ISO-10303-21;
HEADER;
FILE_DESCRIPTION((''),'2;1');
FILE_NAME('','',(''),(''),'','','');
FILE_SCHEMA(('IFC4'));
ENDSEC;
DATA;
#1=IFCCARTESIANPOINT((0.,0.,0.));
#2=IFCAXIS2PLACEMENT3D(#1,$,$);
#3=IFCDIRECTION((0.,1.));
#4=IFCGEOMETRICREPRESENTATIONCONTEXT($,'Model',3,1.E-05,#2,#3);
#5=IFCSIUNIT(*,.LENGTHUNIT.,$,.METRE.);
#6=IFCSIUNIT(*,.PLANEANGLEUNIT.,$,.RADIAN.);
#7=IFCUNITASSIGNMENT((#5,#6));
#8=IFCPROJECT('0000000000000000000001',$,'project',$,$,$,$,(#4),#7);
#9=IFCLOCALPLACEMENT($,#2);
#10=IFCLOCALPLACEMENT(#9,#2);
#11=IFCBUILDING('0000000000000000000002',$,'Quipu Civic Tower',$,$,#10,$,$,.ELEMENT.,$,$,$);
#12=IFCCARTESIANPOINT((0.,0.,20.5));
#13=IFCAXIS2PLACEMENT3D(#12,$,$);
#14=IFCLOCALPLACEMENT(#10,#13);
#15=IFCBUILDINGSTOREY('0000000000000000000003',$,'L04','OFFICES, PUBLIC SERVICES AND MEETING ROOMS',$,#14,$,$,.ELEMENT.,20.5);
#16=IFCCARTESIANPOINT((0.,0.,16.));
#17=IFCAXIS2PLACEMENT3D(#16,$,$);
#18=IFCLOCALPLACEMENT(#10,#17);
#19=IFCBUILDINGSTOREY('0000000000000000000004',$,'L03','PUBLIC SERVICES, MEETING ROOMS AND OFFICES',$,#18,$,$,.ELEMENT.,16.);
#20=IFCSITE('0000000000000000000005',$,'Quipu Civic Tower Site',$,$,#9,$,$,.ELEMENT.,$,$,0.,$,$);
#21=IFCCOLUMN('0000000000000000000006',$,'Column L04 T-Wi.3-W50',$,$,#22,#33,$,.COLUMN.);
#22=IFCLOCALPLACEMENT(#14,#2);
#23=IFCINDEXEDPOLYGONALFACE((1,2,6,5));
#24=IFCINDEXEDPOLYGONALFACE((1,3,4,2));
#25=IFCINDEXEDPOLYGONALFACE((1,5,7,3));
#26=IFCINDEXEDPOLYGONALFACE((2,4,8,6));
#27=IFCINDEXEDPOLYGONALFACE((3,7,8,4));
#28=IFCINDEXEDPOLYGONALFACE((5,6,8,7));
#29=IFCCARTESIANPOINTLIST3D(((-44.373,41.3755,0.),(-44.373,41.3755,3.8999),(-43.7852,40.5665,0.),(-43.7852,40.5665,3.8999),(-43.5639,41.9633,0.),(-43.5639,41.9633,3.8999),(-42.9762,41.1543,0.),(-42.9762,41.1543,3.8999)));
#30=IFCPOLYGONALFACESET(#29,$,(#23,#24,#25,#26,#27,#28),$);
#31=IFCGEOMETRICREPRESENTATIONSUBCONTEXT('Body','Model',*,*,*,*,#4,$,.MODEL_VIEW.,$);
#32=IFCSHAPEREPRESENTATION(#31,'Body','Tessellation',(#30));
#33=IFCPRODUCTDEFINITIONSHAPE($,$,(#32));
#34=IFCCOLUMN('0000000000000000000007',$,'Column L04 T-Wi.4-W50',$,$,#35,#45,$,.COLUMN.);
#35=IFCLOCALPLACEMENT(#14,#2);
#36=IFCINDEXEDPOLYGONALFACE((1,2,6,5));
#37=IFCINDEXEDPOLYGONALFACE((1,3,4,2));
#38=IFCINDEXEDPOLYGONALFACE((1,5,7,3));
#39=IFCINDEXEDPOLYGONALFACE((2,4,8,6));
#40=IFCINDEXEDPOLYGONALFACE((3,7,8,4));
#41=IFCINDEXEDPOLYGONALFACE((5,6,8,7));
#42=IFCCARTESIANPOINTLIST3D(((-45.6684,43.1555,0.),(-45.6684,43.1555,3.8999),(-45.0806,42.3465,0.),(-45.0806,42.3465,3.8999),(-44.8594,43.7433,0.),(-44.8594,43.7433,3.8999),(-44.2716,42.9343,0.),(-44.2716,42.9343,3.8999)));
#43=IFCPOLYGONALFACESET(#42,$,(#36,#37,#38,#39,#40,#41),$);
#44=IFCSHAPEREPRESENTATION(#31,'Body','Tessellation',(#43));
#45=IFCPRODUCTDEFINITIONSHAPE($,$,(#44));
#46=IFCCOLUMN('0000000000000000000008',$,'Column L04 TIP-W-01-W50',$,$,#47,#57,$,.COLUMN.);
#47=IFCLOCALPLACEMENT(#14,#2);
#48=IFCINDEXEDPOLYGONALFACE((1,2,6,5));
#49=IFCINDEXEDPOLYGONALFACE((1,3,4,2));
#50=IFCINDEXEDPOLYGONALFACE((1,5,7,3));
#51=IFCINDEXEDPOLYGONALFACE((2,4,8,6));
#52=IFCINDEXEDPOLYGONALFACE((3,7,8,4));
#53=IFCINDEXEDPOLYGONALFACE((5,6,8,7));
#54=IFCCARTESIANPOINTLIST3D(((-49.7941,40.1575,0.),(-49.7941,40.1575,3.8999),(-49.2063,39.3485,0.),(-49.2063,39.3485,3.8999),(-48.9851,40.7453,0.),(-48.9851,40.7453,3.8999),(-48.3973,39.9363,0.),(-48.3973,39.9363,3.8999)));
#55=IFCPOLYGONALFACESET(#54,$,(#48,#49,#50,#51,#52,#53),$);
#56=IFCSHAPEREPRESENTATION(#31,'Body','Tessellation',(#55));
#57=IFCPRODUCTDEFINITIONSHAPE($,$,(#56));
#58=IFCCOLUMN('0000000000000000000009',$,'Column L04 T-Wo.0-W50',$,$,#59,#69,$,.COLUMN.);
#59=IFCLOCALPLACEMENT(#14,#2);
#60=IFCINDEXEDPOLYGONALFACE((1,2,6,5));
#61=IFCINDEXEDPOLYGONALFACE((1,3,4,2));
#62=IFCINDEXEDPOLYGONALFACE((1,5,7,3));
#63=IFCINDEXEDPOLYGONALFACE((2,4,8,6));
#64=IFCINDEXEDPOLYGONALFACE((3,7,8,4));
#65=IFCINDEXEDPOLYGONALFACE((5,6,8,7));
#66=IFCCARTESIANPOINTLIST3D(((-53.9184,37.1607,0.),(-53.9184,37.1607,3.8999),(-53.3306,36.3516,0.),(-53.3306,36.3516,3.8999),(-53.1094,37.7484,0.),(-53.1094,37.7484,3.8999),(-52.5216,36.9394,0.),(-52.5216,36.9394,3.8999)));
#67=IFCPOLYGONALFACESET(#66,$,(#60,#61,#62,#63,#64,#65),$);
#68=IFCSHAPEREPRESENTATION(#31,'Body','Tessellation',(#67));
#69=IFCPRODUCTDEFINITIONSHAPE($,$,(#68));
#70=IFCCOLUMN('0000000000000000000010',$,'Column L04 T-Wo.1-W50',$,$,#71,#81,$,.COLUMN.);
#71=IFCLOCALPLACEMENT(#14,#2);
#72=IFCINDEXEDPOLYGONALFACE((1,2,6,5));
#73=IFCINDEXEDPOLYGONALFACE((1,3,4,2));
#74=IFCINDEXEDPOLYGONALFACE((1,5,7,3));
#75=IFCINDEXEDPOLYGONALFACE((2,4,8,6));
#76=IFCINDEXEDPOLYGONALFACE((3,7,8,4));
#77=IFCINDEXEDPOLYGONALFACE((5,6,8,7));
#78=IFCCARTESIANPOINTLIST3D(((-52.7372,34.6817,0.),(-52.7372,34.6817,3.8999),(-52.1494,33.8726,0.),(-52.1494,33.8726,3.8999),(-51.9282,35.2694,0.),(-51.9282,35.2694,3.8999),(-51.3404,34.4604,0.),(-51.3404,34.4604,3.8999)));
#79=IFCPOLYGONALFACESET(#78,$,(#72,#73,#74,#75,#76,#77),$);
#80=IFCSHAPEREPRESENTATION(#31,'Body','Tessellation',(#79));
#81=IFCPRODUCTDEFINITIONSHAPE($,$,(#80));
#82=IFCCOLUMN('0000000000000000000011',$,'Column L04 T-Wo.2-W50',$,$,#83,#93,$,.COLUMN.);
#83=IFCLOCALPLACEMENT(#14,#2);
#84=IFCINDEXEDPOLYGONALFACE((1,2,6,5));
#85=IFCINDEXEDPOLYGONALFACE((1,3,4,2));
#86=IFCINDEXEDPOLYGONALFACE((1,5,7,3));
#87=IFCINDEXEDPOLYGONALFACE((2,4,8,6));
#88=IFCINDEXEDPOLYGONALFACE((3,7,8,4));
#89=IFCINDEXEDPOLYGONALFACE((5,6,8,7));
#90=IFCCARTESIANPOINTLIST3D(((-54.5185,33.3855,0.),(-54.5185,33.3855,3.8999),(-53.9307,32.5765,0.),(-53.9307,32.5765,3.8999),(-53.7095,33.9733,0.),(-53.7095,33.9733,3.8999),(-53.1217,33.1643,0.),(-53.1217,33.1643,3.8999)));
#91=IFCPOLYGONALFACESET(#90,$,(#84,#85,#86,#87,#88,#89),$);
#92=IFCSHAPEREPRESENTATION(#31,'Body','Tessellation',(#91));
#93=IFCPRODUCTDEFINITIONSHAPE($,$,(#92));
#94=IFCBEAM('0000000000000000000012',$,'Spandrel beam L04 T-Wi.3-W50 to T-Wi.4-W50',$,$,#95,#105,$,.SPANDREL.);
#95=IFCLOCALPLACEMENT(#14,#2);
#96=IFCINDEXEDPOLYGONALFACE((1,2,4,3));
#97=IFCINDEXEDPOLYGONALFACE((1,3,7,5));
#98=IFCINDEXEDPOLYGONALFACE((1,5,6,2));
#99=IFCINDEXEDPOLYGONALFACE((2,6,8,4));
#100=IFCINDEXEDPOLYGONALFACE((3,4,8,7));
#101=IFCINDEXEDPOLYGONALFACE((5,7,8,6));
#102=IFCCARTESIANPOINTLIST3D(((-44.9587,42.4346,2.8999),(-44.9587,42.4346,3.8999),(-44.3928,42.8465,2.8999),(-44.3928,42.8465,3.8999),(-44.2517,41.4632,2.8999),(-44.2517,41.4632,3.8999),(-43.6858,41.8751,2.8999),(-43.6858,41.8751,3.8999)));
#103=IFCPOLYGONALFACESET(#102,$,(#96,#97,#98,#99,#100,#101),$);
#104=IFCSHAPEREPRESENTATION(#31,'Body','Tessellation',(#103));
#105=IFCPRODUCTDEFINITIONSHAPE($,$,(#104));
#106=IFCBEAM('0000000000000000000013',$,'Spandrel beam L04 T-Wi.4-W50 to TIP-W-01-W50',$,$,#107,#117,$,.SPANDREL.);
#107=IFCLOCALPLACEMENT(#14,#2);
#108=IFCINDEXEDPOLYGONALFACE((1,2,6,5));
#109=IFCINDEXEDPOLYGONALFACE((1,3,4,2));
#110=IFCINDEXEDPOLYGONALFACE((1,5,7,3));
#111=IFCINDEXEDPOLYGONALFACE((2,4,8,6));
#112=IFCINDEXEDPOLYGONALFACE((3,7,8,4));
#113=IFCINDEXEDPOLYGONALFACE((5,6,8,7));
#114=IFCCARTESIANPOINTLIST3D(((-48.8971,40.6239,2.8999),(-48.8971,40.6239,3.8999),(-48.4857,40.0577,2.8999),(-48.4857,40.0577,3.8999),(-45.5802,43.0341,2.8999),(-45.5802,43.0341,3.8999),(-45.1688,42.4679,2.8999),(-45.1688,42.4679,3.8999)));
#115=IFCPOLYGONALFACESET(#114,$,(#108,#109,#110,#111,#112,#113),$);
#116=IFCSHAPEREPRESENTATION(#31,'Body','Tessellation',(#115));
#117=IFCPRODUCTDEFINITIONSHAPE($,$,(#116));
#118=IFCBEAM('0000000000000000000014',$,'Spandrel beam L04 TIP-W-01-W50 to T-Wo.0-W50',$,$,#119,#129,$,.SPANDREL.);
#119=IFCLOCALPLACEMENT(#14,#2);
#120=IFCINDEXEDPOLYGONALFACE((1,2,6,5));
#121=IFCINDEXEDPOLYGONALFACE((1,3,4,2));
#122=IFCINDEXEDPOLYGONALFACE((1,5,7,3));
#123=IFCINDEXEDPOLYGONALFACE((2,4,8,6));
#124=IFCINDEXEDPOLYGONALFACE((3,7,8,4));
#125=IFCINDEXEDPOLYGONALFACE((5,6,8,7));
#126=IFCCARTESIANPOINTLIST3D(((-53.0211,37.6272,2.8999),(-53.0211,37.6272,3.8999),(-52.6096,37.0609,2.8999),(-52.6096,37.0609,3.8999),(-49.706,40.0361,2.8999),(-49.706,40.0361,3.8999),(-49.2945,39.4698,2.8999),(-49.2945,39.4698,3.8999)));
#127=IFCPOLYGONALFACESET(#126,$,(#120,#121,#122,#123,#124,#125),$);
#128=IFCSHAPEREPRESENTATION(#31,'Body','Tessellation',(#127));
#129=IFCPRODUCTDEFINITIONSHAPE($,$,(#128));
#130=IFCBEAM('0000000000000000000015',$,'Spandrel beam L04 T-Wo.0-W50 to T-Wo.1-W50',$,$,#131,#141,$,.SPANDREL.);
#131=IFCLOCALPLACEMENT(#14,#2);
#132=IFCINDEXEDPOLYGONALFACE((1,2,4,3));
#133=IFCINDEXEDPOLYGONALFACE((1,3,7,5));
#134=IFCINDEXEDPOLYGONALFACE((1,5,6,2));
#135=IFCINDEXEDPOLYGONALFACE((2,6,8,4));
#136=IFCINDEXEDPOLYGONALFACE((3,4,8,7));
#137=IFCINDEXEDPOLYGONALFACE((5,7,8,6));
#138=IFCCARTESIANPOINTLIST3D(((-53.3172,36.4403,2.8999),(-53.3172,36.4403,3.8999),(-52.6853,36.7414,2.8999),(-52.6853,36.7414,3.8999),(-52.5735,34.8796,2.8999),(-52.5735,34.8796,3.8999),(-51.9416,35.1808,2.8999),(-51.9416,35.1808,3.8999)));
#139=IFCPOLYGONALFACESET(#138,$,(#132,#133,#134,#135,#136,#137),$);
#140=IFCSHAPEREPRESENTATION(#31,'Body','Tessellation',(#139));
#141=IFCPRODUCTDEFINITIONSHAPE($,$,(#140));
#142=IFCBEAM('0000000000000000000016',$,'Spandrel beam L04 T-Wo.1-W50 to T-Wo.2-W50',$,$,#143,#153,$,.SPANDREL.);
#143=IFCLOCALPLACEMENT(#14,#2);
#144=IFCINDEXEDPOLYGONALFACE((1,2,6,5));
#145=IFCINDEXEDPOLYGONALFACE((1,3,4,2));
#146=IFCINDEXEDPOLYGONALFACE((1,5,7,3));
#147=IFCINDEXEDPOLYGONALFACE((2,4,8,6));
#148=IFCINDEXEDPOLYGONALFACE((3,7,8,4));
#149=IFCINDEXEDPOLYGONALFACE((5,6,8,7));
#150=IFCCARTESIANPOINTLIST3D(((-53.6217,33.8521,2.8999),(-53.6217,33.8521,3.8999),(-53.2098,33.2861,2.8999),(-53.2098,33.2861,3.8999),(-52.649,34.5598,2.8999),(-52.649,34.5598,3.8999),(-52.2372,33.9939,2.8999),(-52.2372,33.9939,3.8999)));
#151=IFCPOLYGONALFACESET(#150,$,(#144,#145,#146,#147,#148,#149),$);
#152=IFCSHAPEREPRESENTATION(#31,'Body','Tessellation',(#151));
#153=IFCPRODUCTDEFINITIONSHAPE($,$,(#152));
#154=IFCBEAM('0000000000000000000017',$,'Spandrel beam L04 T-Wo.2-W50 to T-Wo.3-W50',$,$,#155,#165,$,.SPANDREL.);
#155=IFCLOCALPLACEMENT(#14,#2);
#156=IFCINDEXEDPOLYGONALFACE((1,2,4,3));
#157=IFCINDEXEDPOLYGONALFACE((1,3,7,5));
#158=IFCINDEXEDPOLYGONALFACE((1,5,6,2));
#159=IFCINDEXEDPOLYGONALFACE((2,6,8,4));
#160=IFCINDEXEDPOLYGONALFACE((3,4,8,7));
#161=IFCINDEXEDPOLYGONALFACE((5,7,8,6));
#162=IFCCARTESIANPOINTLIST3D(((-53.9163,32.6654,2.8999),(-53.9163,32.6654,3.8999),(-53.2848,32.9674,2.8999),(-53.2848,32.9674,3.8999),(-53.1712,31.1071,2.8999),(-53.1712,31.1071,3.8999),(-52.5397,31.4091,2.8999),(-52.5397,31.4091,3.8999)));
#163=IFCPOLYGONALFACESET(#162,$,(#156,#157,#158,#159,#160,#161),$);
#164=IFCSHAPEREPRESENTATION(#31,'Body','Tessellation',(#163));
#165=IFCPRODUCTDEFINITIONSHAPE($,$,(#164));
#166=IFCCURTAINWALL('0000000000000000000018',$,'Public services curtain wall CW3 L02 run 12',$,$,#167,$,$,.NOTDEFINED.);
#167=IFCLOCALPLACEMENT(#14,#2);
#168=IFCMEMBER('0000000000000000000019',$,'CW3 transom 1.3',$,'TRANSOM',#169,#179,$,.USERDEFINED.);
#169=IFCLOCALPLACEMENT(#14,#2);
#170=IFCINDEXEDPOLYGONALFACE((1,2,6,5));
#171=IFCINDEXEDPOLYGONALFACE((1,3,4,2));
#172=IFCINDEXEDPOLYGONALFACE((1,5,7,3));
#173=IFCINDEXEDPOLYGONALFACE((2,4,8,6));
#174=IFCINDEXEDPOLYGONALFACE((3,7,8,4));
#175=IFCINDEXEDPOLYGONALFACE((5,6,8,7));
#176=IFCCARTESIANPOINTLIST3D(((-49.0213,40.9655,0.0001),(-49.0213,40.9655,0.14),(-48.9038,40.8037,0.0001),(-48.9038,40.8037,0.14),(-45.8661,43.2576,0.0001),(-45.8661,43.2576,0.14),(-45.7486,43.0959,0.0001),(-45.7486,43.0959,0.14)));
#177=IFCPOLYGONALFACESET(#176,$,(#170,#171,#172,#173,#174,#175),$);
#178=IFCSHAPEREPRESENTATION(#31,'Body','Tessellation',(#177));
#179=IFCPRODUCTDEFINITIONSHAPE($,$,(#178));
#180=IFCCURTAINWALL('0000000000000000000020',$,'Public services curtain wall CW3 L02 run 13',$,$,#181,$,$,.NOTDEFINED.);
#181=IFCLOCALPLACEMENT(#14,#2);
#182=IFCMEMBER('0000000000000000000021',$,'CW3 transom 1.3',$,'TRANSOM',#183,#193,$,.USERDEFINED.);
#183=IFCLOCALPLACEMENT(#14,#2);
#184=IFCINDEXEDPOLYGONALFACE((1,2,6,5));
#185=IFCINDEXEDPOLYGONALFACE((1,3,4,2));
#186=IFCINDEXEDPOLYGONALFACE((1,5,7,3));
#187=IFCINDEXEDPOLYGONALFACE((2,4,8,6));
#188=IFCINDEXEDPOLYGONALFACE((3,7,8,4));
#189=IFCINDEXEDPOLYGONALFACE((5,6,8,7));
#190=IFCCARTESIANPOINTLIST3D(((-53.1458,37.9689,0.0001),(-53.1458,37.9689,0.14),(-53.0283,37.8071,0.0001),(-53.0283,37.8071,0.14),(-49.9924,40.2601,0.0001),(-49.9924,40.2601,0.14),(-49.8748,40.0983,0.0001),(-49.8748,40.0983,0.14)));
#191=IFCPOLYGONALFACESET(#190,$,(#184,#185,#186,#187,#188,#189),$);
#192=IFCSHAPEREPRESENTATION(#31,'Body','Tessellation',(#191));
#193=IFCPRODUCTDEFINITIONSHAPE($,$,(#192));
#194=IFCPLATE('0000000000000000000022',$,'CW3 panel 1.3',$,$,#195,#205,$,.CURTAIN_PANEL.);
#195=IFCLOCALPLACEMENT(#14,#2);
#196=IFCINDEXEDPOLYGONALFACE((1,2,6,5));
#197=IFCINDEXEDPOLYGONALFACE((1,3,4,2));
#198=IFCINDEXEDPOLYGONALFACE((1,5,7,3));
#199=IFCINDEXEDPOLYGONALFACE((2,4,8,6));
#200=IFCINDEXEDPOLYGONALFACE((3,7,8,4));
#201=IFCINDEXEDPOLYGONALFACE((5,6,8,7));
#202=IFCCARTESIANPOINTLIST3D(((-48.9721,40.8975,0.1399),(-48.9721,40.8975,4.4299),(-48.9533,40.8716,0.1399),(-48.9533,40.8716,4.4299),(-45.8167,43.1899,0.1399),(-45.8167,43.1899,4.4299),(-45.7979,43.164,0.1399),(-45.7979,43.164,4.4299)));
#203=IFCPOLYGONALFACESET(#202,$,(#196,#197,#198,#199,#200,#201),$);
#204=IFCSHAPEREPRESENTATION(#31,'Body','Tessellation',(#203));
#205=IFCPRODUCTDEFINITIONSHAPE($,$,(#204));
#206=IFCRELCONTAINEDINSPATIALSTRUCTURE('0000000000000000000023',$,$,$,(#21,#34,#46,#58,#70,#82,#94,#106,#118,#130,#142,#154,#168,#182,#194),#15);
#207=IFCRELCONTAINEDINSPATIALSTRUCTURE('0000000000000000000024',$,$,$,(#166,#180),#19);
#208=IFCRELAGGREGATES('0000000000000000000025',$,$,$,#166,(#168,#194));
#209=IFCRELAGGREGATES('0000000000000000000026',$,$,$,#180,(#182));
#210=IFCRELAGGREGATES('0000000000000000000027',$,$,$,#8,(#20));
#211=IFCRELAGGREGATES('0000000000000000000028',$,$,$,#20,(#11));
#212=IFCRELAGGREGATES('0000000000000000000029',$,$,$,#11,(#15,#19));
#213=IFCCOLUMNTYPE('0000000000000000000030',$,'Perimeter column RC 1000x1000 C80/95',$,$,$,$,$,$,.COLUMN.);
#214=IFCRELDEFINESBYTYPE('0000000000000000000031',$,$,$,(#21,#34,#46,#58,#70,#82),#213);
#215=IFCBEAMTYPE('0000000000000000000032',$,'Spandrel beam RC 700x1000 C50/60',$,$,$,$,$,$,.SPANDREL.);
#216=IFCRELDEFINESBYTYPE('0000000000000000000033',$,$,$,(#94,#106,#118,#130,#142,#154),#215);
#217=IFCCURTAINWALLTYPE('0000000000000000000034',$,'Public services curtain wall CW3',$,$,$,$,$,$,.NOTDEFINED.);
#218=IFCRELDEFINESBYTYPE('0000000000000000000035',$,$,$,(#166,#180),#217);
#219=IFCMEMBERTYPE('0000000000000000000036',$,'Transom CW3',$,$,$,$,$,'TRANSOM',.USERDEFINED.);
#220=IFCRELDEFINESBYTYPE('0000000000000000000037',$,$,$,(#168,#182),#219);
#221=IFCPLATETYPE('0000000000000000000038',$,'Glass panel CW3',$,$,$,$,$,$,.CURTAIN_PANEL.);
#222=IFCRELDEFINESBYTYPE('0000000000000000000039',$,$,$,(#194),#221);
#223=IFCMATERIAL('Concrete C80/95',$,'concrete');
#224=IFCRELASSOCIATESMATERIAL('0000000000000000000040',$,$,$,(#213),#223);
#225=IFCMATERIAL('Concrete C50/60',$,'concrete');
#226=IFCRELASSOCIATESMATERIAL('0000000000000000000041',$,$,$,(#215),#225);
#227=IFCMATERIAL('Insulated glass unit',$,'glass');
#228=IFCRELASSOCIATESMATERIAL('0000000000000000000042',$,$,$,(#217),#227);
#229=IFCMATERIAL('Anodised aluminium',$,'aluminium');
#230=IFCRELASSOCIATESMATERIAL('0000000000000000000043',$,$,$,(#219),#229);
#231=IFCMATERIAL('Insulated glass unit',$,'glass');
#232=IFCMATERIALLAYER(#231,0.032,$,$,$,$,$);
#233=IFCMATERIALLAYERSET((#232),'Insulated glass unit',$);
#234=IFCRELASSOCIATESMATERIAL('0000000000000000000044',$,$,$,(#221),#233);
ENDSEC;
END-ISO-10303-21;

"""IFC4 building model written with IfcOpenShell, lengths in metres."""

from ifc_helpers import new_model, si_unit, direction, frame, origin, origin_2d, place, context, subcontext, project, spatial, rectangle, extrude, material, layer, layer_set, material_profile, profile_set, type_object, element, aggregate, save


model = new_model("IFC4")

# Units and contexts
model_context = context("Model", 3, precision=1e-05, world=origin(), true_north=direction((0.0, 1.0)))
body_context = subcontext(model_context, "Body", "Model", "MODEL_VIEW")
ifc_project = project(units=[si_unit("LENGTHUNIT", "METRE"), si_unit("PLANEANGLEUNIT", "RADIAN")], contexts=[model_context])

# Site, building, storey
site_placement = place(None, origin())
site = spatial("IfcSite", under=ifc_project, at=site_placement, Name="Quipu Civic Tower Site", CompositionType="ELEMENT", RefElevation=0.0)
building_placement = place(site_placement, origin())
building = spatial("IfcBuilding", under=site, at=building_placement, Name="Quipu Civic Tower", CompositionType="ELEMENT")
storey_1_placement = place(building_placement, frame((0.0, 0.0, 20.5)))
storey_1 = spatial("IfcBuildingStorey", under=building, at=storey_1_placement, Name="L04", Description="OFFICES, PUBLIC SERVICES AND MEETING ROOMS", CompositionType="ELEMENT", Elevation=20.5)

# Columns
ifc_material_1 = material(Name="Concrete C80/95", Category="concrete")
ifc_material_profile_1 = material_profile(ifc_material_1, rectangle(XDim=1.0, YDim=1.0, at=origin_2d()), Name="RC1000x1000")
ifc_profile_set_1 = profile_set([ifc_material_profile_1], Name="Concrete C80/95")
column_type = type_object("IfcColumnType", Name="Perimeter column RC 1000x1000 C80/95", PredefinedType="COLUMN", material=ifc_profile_set_1)
for number, where, z_axis, x_axis, name in (
    (1, (-43.6746, 41.2649, 0.0), (0.0, 0.0, 1.0), (-0.809017, -0.587785, 0.0), "Column L04 T-Wi.3-W50"),
    (2, (-44.97, 43.0449, 0.0), (0.0, 0.0, 1.0), (-0.809017, -0.587785, 0.0), "Column L04 T-Wi.4-W50"),
    (3, (-49.0957, 40.0469, 0.0), (0.0, 0.0, 1.0), (-0.809017, -0.587785, 0.0), "Column L04 TIP-W-01-W50"),
    (4, (-53.22, 37.05, 0.0), (0.0, 0.0, 1.0), (0.587785, -0.809017, 0.0), "Column L04 T-Wo.0-W50"),
    (5, (-52.0388, 34.571, 0.0), (0.0, 0.0, 1.0), (-0.809017, -0.587785, 0.0), "Column L04 T-Wo.1-W50"),
    (6, (-53.8201, 33.2749, 0.0), (0.0, 0.0, 1.0), (0.587785, -0.809017, 0.0), "Column L04 T-Wo.2-W50"),
):
    element("IfcColumn", number, at=place(storey_1_placement, frame(where, z_axis=z_axis, x_axis=x_axis)), inside=storey_1, type_object=column_type, Name=name, PredefinedType="COLUMN", context=body_context, shape_type="SweptSolid", body=[
        extrude(rectangle(XDim=1.0, YDim=1.0, at=origin_2d()), origin(), (0.0, 0.0, 1.0), 3.8999),
    ])

# Beams
ifc_material_2 = material(Name="Concrete C50/60", Category="concrete")
ifc_material_profile_2 = material_profile(ifc_material_2, rectangle(XDim=0.7, YDim=1.0, at=origin_2d()), Name="RC700x1000")
ifc_profile_set_2 = profile_set([ifc_material_profile_2], Name="Concrete C50/60")
beam_type = type_object("IfcBeamType", Name="Spandrel beam RC 700x1000 C50/60", PredefinedType="SPANDREL", material=ifc_profile_set_2)
beam_1_placement = place(storey_1_placement, frame((-43.9688, 41.6692, 3.3999), z_axis=(-0.588462, 0.808525, 0.0), x_axis=(-0.808525, -0.588462, 0.0)))
element("IfcBeam", 7, at=beam_1_placement, inside=storey_1, type_object=beam_type, Name="Spandrel beam L04 T-Wi.3-W50 to T-Wi.4-W50", PredefinedType="SPANDREL", context=body_context, shape_type="SweptSolid", body=[
    extrude(rectangle(XDim=0.7, YDim=1.0, at=origin_2d()), origin(), (0.0, 0.0, 1.0), 1.2014),
])
beam_2_placement = place(storey_1_placement, frame((-45.3745, 42.751, 3.3999), z_axis=(-0.808983, -0.587832, 0.0), x_axis=(0.587832, -0.808983, 0.0)))
element("IfcBeam", 8, at=beam_2_placement, inside=storey_1, type_object=beam_type, Name="Spandrel beam L04 T-Wi.4-W50 to TIP-W-01-W50", PredefinedType="SPANDREL", context=body_context, shape_type="SweptSolid", body=[
    extrude(rectangle(XDim=0.7, YDim=1.0, at=origin_2d()), origin(), (0.0, 0.0, 1.0), 4.1001),
])
beam_3_placement = place(storey_1_placement, frame((-49.5002, 39.7529, 3.3999), z_axis=(-0.808981, -0.587835, 0.0), x_axis=(0.587835, -0.808981, 0.0)))
element("IfcBeam", 9, at=beam_3_placement, inside=storey_1, type_object=beam_type, Name="Spandrel beam L04 TIP-W-01-W50 to T-Wo.0-W50", PredefinedType="SPANDREL", context=body_context, shape_type="SweptSolid", body=[
    extrude(rectangle(XDim=0.7, YDim=1.0, at=origin_2d()), origin(), (0.0, 0.0, 1.0), 4.0979),
])
beam_4_placement = place(storey_1_placement, frame((-53.0012, 36.5908, 3.3999), z_axis=(0.430186, -0.90274, 0.0), x_axis=(0.90274, 0.430186, 0.0)))
element("IfcBeam", 10, at=beam_4_placement, inside=storey_1, type_object=beam_type, Name="Spandrel beam L04 T-Wo.0-W50 to T-Wo.1-W50", PredefinedType="SPANDREL", context=body_context, shape_type="SweptSolid", body=[
    extrude(rectangle(XDim=0.7, YDim=1.0, at=origin_2d()), origin(), (0.0, 0.0, 1.0), 1.7288),
])
beam_5_placement = place(storey_1_placement, frame((-52.4431, 34.2769, 3.3999), z_axis=(-0.808587, -0.588377, 0.0), x_axis=(0.588377, -0.808587, 0.0)))
element("IfcBeam", 11, at=beam_5_placement, inside=storey_1, type_object=beam_type, Name="Spandrel beam L04 T-Wo.1-W50 to T-Wo.2-W50", PredefinedType="SPANDREL", context=body_context, shape_type="SweptSolid", body=[
    extrude(rectangle(XDim=0.7, YDim=1.0, at=origin_2d()), origin(), (0.0, 0.0, 1.0), 1.2029),
])
beam_6_placement = place(storey_1_placement, frame((-53.6006, 32.8164, 3.3999), z_axis=(0.43137, -0.902175, 0.0), x_axis=(0.902175, 0.43137, 0.0)))
element("IfcBeam", 12, at=beam_6_placement, inside=storey_1, type_object=beam_type, Name="Spandrel beam L04 T-Wo.2-W50 to T-Wo.3-W50", PredefinedType="SPANDREL", context=body_context, shape_type="SweptSolid", body=[
    extrude(rectangle(XDim=0.7, YDim=1.0, at=origin_2d()), origin(), (0.0, 0.0, 1.0), 1.7273),
])

# Shared definitions
storey_2_placement = place(building_placement, frame((0.0, 0.0, 16.0)))
storey_2 = spatial("IfcBuildingStorey", under=building, at=storey_2_placement, Name="L03", Description="PUBLIC SERVICES, MEETING ROOMS AND OFFICES", CompositionType="ELEMENT", Elevation=16.0)

# Curtain walls, members
ifc_material_3 = material(Name="Insulated glass unit", Category="glass")
curtain_wall_type = type_object("IfcCurtainWallType", Name="Public services curtain wall CW3", PredefinedType="NOTDEFINED", material=ifc_material_3)
curtain_wall_1_placement = place(storey_2_placement, origin())
curtain_wall_1 = element("IfcCurtainWall", 13, at=curtain_wall_1_placement, inside=storey_2, type_object=curtain_wall_type, Name="Public services curtain wall CW3 L02 run 12", PredefinedType="NOTDEFINED")
ifc_material_4 = material(Name="Anodised aluminium", Category="aluminium")
ifc_material_profile_3 = material_profile(ifc_material_4, rectangle(XDim=0.2, YDim=0.1399, at=origin_2d()), Name="RECT 200x140")
ifc_profile_set_3 = profile_set([ifc_material_profile_3], Name="Anodised aluminium")
member_type = type_object("IfcMemberType", Name="Transom CW3", ElementType="TRANSOM", PredefinedType="USERDEFINED", material=ifc_profile_set_3)
member_1_placement = place(storey_1_placement, frame((-45.8074, 43.1768, 0.0701), z_axis=(-0.809042, -0.587751, 0.0), x_axis=(0.587751, -0.809042, 0.0)))
member_1 = element("IfcMember", 14, at=member_1_placement, inside=storey_1, type_object=member_type, Name="CW3 transom 1.3", ObjectType="TRANSOM", PredefinedType="USERDEFINED", context=body_context, shape_type="SweptSolid", body=[
    extrude(rectangle(XDim=0.2, YDim=0.1399, at=origin_2d()), origin(), (0.0, 0.0, 1.0), 3.8999),
])
curtain_wall_2_placement = place(storey_2_placement, origin())
curtain_wall_2 = element("IfcCurtainWall", 15, at=curtain_wall_2_placement, inside=storey_2, type_object=curtain_wall_type, Name="Public services curtain wall CW3 L02 run 13", PredefinedType="NOTDEFINED")
member_2_placement = place(storey_1_placement, frame((-49.9336, 40.1792, 0.0701), z_axis=(-0.80901, -0.587796, 0.0), x_axis=(0.587796, -0.80901, 0.0)))
member_2 = element("IfcMember", 16, at=member_2_placement, inside=storey_1, type_object=member_type, Name="CW3 transom 1.3", ObjectType="TRANSOM", PredefinedType="USERDEFINED", context=body_context, shape_type="SweptSolid", body=[
    extrude(rectangle(XDim=0.2, YDim=0.1399, at=origin_2d()), origin(), (0.0, 0.0, 1.0), 3.8979),
])

# Plate
ifc_material_5 = material(Name="Insulated glass unit", Category="glass")
ifc_layer_1 = layer(ifc_material_5, 0.032)
ifc_layer_set_1 = layer_set([ifc_layer_1], Name="Insulated glass unit")
plate_type_1 = type_object("IfcPlateType", Name="Glass panel CW3", PredefinedType="CURTAIN_PANEL", material=ifc_layer_set_1)
plate_1_placement = place(storey_1_placement, frame((-47.385, 42.0308, 0.1399), z_axis=(0.0, 0.0, 1.0), x_axis=(-0.80903, -0.587767, 0.0)))
plate_1 = element("IfcPlate", 17, at=plate_1_placement, inside=storey_1, type_object=plate_type_1, Name="CW3 panel 1.3", PredefinedType="CURTAIN_PANEL", context=body_context, shape_type="SweptSolid", body=[
    extrude(rectangle(XDim=3.9001, YDim=0.032, at=origin_2d()), origin(), (0.0, 0.0, 1.0), 4.29),
])
aggregate(curtain_wall_1, [member_1, plate_1])
aggregate(curtain_wall_2, [member_2])

save(model, "model.ifc")
